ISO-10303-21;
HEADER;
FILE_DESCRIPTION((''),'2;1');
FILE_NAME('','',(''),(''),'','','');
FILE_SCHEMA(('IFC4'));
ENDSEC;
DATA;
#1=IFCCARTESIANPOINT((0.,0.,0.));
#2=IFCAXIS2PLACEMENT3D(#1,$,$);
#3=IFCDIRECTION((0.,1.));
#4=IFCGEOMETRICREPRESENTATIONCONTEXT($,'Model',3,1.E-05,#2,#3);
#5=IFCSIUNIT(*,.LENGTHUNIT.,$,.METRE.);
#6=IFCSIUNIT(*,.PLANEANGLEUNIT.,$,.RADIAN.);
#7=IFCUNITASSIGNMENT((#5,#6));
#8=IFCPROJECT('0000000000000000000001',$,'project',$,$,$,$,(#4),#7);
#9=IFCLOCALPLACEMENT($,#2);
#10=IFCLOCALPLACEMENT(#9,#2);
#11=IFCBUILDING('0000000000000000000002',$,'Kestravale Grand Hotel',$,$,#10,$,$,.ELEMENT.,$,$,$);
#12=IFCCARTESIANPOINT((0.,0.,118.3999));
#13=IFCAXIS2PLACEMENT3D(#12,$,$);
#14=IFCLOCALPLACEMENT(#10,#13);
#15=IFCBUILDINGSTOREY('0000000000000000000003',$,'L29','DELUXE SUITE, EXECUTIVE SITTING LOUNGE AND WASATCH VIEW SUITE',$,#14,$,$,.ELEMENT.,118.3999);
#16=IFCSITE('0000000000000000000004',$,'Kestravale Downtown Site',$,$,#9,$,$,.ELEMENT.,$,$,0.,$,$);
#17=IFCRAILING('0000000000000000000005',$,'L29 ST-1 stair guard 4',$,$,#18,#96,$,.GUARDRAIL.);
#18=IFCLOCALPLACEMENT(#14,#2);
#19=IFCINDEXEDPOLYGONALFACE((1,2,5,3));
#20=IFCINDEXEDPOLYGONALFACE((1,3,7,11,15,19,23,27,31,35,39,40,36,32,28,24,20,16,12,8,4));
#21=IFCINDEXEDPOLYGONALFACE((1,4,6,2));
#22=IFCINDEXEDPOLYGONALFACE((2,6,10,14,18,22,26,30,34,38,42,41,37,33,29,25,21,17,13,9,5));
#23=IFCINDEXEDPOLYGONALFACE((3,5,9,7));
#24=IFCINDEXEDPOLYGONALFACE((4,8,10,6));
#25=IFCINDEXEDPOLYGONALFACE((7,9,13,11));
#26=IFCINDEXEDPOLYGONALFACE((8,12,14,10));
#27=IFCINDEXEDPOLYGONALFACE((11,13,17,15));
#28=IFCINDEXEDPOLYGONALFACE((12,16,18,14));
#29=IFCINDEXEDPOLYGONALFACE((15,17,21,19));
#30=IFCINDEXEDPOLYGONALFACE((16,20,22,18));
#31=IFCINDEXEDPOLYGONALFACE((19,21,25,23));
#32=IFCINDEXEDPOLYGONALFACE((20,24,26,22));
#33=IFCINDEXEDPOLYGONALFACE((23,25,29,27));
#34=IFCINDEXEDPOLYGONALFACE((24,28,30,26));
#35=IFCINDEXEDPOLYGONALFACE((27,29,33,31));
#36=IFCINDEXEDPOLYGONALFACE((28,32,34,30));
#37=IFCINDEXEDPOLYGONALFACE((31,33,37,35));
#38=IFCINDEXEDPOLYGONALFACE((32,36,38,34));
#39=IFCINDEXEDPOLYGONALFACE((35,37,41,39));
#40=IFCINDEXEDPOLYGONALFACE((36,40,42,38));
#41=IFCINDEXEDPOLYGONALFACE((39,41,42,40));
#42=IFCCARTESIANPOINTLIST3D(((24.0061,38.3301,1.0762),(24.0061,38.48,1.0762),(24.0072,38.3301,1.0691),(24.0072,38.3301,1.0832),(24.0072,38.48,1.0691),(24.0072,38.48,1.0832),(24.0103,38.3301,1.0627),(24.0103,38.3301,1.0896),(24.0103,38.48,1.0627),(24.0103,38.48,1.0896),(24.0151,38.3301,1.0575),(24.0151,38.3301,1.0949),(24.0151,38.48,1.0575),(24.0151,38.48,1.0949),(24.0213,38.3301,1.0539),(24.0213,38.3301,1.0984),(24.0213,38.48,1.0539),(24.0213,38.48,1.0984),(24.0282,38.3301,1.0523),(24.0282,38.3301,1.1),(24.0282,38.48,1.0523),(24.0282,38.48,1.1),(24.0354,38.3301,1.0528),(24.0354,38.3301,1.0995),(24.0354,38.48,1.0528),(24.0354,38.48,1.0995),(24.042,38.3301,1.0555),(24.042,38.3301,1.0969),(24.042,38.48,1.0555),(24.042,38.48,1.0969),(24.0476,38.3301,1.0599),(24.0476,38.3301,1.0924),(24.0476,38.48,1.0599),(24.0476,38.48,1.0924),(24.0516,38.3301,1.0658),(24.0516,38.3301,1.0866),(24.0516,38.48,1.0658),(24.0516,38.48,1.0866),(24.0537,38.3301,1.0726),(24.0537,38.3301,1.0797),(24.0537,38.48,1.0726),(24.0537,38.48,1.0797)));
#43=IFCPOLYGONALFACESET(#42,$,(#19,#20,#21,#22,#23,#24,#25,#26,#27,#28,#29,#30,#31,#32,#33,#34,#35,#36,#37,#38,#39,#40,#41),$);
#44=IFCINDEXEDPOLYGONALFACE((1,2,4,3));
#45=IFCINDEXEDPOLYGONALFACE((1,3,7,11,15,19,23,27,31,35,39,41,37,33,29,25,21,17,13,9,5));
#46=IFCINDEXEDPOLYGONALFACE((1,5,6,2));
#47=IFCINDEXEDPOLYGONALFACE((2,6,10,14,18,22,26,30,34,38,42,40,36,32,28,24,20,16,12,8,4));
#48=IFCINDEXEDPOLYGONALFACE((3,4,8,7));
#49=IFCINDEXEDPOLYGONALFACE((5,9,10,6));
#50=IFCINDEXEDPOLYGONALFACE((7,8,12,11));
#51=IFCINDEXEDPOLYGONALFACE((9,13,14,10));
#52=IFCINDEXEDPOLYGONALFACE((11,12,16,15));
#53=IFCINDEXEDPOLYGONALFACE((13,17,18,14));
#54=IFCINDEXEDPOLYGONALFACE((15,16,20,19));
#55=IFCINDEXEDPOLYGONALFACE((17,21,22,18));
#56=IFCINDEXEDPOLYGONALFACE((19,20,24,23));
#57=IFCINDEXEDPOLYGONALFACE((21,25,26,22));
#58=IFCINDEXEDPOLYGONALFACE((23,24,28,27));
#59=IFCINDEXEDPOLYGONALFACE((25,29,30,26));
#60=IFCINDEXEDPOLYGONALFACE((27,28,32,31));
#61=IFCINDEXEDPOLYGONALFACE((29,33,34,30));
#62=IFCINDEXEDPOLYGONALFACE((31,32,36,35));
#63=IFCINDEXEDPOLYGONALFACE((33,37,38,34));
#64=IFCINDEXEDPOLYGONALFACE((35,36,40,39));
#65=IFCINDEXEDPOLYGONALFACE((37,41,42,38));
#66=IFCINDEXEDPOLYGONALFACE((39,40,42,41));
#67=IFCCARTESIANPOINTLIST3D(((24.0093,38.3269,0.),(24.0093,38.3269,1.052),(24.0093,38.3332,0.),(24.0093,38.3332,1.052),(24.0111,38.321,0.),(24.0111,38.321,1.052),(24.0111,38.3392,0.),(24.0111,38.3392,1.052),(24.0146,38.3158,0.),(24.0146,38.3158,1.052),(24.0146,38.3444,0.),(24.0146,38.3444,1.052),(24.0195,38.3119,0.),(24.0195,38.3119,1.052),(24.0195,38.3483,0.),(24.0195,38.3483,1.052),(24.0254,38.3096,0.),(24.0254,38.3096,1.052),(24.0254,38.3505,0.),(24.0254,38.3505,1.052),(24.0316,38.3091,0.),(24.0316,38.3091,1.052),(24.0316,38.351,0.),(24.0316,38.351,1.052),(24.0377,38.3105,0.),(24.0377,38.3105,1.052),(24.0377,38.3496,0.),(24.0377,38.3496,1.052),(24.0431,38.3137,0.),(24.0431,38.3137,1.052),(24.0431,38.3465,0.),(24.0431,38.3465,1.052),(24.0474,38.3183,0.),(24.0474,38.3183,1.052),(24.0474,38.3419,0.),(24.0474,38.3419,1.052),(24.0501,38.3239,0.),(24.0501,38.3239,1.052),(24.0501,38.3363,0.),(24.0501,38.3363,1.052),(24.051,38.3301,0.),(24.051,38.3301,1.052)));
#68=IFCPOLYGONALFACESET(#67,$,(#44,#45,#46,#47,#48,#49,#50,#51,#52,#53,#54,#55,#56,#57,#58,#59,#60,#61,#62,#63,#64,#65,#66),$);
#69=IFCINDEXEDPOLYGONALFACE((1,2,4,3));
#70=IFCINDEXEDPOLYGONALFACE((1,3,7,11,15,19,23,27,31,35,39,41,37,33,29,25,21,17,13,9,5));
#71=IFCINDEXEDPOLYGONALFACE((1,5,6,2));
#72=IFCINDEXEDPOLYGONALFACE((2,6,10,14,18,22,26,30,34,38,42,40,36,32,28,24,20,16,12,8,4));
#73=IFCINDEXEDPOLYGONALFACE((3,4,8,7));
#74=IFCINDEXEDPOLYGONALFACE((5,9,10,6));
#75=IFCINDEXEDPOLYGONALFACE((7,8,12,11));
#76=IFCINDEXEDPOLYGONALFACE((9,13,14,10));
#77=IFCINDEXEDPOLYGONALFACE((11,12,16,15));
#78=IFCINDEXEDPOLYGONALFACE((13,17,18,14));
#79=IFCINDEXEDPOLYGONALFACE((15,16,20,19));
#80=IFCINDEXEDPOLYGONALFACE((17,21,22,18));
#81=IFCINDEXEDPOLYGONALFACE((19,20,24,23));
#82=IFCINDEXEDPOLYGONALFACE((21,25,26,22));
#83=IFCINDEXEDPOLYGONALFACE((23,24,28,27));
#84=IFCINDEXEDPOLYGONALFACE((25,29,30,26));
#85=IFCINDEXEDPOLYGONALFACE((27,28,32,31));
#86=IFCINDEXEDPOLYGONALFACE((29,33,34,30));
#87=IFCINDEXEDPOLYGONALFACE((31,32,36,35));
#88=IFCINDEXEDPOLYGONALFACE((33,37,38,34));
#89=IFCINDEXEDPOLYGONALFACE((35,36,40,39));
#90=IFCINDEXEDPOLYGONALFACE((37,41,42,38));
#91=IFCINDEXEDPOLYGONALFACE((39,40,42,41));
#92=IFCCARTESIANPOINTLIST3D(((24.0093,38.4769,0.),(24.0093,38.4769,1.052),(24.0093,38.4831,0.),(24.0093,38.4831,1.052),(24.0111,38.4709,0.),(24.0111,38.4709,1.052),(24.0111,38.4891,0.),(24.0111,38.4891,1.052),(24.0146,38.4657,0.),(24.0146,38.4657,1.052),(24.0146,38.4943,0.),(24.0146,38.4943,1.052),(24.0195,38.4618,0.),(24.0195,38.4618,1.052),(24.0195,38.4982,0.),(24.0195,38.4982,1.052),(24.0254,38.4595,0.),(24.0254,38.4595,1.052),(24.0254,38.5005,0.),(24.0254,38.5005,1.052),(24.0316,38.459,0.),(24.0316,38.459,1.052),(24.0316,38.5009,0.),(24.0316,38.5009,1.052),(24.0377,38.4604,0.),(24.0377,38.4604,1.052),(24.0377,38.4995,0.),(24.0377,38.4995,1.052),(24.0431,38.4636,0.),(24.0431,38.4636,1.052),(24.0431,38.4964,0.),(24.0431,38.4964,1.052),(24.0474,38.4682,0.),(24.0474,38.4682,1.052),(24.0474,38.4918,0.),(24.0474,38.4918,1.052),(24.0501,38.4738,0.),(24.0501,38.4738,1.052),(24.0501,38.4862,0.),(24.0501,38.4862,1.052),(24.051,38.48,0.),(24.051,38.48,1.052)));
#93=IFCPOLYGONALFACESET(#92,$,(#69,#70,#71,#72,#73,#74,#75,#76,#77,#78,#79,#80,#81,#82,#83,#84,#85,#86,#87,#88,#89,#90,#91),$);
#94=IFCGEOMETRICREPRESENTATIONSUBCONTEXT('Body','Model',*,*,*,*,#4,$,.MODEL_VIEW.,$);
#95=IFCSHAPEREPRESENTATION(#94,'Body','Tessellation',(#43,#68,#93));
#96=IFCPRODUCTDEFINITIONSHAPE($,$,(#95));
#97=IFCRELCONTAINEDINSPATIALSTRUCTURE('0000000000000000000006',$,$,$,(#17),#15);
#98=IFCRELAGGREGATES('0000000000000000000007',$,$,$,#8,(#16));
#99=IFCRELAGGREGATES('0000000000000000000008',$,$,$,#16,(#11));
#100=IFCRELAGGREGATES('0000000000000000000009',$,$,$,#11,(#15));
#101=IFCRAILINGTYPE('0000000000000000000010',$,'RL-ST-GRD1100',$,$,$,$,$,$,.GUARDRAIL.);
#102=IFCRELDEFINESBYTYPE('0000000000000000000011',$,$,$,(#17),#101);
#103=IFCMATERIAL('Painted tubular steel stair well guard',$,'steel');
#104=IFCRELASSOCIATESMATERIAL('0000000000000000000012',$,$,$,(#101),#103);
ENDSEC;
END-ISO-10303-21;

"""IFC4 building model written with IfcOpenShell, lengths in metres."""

from ifc_helpers import new_model, si_unit, direction, frame, origin, origin_2d, place, context, subcontext, project, spatial, circle, extrude, material, type_object, element, save


model = new_model("IFC4")

# Units and contexts
model_context = context("Model", 3, precision=1e-05, world=origin(), true_north=direction((0.0, 1.0)))
body_context = subcontext(model_context, "Body", "Model", "MODEL_VIEW")
ifc_project = project(units=[si_unit("LENGTHUNIT", "METRE"), si_unit("PLANEANGLEUNIT", "RADIAN")], contexts=[model_context])

# Site, building, storey
site_placement = place(None, origin())
site = spatial("IfcSite", under=ifc_project, at=site_placement, Name="Kestravale Downtown Site", CompositionType="ELEMENT", RefElevation=0.0)
building_placement = place(site_placement, origin())
building = spatial("IfcBuilding", under=site, at=building_placement, Name="Kestravale Grand Hotel", CompositionType="ELEMENT")
storey_placement = place(building_placement, frame((0.0, 0.0, 118.3999)))
storey = spatial("IfcBuildingStorey", under=building, at=storey_placement, Name="L29", Description="DELUXE SUITE, EXECUTIVE SITTING LOUNGE AND WASATCH VIEW SUITE", CompositionType="ELEMENT", Elevation=118.3999)

# Railing
ifc_material_1 = material(Name="Painted tubular steel stair well guard", Category="steel")
railing_type_1 = type_object("IfcRailingType", Name="RL-ST-GRD1100", PredefinedType="GUARDRAIL", material=ifc_material_1)
railing_1_placement = place(storey_placement, frame((24.03, 38.3301, 0.0)))
element("IfcRailing", 1, at=railing_1_placement, inside=storey, type_object=railing_type_1, Name="L29 ST-1 stair guard 4", PredefinedType="GUARDRAIL", context=body_context, shape_type="SweptSolid", body=[
    extrude(circle(Radius=0.0239, at=origin_2d()), frame((0.0, 0.0, 1.0762), z_axis=(0.0, 1.0, 0.0), x_axis=(-1.0, 0.0, 0.0)), (0.0, 0.0, 1.0), 0.1499),
    extrude(circle(Radius=0.021, at=origin_2d()), origin(), (0.0, 0.0, 1.0), 1.052),
    extrude(circle(Radius=0.021, at=origin_2d()), frame((0.0, 0.1499, 0.0)), (0.0, 0.0, 1.0), 1.052),
])

save(model, "model.ifc")
